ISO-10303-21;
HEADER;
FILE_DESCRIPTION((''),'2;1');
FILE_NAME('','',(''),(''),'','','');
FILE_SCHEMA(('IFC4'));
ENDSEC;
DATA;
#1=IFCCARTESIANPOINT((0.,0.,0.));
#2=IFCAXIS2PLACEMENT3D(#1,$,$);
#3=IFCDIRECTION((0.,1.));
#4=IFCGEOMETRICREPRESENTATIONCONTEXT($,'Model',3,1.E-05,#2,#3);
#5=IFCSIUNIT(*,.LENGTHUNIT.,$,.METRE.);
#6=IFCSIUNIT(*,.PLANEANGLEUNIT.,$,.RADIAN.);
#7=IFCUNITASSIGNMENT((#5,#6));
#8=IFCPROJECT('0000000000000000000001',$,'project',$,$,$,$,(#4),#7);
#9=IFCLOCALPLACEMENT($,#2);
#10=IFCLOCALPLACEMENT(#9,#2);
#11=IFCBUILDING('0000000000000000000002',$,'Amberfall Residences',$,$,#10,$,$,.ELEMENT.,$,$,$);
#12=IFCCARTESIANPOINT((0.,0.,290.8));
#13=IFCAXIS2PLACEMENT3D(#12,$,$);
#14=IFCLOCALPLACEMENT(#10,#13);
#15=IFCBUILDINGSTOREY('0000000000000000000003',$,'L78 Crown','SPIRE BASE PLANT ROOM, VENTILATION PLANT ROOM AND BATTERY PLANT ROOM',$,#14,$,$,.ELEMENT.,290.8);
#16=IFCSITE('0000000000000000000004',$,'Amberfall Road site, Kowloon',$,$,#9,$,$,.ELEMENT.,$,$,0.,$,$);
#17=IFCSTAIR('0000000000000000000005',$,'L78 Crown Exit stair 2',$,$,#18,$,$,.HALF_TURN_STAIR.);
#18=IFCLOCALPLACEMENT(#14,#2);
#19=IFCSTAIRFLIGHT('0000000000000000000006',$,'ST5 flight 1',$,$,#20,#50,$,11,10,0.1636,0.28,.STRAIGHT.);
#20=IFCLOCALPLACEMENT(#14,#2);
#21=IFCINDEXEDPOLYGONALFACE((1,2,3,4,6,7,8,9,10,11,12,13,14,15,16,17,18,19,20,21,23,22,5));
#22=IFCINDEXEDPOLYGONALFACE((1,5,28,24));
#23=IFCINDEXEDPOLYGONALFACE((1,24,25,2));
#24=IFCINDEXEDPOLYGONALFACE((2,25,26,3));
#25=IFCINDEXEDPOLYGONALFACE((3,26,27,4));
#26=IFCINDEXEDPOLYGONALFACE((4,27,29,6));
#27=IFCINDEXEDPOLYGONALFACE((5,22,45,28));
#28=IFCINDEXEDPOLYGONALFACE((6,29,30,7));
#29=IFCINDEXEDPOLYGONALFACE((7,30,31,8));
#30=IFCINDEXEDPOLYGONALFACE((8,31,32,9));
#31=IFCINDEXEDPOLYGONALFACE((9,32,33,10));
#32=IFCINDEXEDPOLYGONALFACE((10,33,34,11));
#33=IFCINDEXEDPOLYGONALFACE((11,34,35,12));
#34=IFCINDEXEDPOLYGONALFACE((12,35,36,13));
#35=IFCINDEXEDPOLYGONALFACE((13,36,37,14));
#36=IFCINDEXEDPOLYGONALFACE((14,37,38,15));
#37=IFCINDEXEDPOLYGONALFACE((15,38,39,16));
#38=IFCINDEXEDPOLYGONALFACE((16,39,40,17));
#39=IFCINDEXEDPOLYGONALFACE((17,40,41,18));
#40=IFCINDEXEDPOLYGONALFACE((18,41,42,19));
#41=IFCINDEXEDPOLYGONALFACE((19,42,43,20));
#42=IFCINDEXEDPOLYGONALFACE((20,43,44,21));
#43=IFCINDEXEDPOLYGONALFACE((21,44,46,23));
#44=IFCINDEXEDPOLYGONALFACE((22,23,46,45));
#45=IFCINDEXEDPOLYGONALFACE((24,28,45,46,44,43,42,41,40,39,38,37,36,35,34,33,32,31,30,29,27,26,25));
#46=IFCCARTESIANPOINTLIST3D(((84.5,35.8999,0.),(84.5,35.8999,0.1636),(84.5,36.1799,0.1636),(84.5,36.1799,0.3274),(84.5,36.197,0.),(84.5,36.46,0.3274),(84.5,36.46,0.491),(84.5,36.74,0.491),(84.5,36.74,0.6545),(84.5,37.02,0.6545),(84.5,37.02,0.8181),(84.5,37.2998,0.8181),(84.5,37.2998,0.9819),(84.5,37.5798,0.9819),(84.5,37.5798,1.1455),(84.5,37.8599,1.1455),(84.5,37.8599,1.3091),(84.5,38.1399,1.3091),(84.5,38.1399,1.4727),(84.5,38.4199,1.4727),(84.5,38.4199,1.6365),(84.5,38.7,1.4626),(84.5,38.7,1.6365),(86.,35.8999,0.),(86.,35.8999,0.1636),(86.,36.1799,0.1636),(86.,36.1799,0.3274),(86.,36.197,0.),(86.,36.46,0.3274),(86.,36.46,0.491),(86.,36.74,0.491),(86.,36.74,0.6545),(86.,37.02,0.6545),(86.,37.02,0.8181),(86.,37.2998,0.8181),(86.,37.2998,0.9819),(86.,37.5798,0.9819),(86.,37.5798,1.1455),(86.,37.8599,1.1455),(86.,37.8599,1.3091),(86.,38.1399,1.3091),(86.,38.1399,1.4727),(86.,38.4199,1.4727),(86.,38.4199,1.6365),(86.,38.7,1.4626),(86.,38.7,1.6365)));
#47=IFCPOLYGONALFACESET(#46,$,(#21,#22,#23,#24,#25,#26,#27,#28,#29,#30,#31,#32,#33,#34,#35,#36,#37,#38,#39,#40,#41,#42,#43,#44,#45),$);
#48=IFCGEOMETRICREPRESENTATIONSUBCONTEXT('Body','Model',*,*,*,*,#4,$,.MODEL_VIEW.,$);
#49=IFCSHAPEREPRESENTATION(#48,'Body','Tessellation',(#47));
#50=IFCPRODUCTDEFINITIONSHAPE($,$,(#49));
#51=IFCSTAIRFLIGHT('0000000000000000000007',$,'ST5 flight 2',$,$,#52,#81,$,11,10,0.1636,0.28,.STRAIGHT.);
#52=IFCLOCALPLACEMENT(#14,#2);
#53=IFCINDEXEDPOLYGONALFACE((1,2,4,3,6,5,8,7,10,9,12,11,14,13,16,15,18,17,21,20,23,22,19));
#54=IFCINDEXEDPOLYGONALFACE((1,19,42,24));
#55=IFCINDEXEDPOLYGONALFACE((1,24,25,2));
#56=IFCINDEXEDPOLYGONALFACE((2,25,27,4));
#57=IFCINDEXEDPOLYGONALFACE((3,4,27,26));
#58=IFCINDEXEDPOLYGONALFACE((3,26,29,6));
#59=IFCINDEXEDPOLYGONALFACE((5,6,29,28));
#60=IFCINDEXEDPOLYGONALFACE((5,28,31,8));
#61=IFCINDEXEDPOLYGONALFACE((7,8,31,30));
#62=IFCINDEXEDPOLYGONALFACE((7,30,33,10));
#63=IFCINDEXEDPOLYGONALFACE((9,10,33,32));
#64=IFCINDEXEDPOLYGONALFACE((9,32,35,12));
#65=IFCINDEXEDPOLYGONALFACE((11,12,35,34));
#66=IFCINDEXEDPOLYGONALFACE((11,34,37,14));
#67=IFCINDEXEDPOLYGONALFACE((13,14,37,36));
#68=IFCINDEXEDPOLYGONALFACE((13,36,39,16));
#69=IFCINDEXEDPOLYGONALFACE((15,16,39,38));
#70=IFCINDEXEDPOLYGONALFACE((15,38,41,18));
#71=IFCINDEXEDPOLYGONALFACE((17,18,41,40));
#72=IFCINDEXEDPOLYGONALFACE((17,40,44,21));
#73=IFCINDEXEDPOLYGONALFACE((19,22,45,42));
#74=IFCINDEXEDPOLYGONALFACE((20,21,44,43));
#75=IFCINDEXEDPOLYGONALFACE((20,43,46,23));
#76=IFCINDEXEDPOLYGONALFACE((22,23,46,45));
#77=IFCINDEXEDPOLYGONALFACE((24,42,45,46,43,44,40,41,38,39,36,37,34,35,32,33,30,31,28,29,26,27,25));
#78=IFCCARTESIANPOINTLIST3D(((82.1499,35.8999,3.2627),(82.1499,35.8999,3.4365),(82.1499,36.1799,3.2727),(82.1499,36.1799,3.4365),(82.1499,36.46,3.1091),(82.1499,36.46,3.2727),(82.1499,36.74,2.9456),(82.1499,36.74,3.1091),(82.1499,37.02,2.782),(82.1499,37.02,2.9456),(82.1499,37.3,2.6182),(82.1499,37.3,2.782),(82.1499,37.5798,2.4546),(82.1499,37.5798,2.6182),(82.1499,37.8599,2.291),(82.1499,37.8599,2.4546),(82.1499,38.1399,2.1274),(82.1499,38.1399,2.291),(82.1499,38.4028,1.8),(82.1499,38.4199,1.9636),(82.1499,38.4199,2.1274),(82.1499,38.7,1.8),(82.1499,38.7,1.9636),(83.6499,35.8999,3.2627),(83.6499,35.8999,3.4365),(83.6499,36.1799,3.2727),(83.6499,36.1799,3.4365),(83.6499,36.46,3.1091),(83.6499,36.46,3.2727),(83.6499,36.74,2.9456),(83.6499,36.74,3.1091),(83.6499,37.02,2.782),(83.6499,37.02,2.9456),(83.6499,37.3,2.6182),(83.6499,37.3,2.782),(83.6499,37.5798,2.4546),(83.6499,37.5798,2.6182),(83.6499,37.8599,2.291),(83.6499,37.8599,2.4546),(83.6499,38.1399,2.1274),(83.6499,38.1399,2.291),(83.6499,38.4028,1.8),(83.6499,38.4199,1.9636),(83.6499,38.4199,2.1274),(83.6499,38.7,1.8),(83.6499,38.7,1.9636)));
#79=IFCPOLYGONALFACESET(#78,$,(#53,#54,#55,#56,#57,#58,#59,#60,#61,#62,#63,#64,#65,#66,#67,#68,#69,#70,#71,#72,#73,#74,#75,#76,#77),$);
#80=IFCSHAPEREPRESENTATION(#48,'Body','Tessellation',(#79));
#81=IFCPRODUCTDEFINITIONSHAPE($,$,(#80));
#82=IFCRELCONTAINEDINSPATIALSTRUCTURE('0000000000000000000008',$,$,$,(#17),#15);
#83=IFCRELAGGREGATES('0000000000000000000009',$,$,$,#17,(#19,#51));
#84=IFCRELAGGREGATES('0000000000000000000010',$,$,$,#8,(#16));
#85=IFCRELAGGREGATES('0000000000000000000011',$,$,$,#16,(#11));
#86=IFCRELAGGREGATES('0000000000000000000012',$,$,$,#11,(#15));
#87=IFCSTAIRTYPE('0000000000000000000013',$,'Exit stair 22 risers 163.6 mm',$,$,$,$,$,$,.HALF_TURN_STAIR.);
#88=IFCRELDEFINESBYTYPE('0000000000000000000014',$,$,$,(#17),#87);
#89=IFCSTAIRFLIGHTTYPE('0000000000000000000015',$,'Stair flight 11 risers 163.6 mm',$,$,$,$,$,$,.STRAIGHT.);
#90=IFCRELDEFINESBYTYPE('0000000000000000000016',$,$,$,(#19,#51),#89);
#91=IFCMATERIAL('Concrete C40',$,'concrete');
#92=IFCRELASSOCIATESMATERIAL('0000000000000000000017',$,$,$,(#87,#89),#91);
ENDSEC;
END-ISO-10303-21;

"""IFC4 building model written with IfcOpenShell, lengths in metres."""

from ifc_helpers import new_model, si_unit, direction, frame, origin, place, context, subcontext, project, spatial, polyline, outline, extrude, material, type_object, element, aggregate, save


model = new_model("IFC4")

# Units and contexts
model_context = context("Model", 3, precision=1e-05, world=origin(), true_north=direction((0.0, 1.0)))
body_context = subcontext(model_context, "Body", "Model", "MODEL_VIEW")
ifc_project = project(units=[si_unit("LENGTHUNIT", "METRE"), si_unit("PLANEANGLEUNIT", "RADIAN")], contexts=[model_context])

# Site, building, storey
site_placement = place(None, origin())
site = spatial("IfcSite", under=ifc_project, at=site_placement, Name="Amberfall Road site, Kowloon", CompositionType="ELEMENT", RefElevation=0.0)
building_placement = place(site_placement, origin())
building = spatial("IfcBuilding", under=site, at=building_placement, Name="Amberfall Residences", CompositionType="ELEMENT")
storey_placement = place(building_placement, frame((0.0, 0.0, 290.8)))
storey = spatial("IfcBuildingStorey", under=building, at=storey_placement, Name="L78 Crown", Description="SPIRE BASE PLANT ROOM, VENTILATION PLANT ROOM AND BATTERY PLANT ROOM", CompositionType="ELEMENT", Elevation=290.8)

# Stair, stair flights
ifc_material_1 = material(Name="Concrete C40", Category="concrete")
stair_type = type_object("IfcStairType", Name="Exit stair 22 risers 163.6 mm", PredefinedType="HALF_TURN_STAIR", material=ifc_material_1)
stair_placement = place(storey_placement, origin())
stair = element("IfcStair", 1, at=stair_placement, inside=storey, type_object=stair_type, Name="L78 Crown Exit stair 2", PredefinedType="HALF_TURN_STAIR")
stair_flight_type = type_object("IfcStairFlightType", Name="Stair flight 11 risers 163.6 mm", PredefinedType="STRAIGHT", material=ifc_material_1)
stair_flight_1_placement = place(storey_placement, frame((85.25, 35.8999, 0.0), z_axis=(0.0, 0.0, 1.0), x_axis=(0.0, 1.0, 0.0)))
stair_flight_1 = element("IfcStairFlight", 2, at=stair_flight_1_placement, type_object=stair_flight_type, Name="ST5 flight 1", NumberOfRisers=11, NumberOfTreads=10, PredefinedType="STRAIGHT", RiserHeight=0.1636, TreadLength=0.28, context=body_context, shape_type="SweptSolid", body=[
    extrude(outline(polyline([(0.0, 0.0), (0.0, 0.1636), (0.28, 0.1636), (0.28, 0.3274), (0.5601, 0.3274), (0.5601, 0.491), (0.8401, 0.491), (0.8401, 0.6545), (1.1201, 0.6545), (1.1201, 0.8181), (1.3999, 0.8181), (1.3999, 0.9819), (1.6799, 0.9819), (1.6799, 1.1455), (1.96, 1.1455), (1.96, 1.3091), (2.24, 1.3091), (2.24, 1.4727), (2.52, 1.4727), (2.52, 1.6365), (2.8, 1.6365), (2.8, 1.8), (2.8, 1.4626), (0.2971, 0.0), (0.0, 0.0)])), frame((0.0, 0.75, 0.0), z_axis=(0.0, -1.0, 0.0), x_axis=(1.0, 0.0, 0.0)), (0.0, 0.0, 1.0), 1.5),
])
stair_flight_2_placement = place(storey_placement, frame((82.8999, 38.7, 1.8), z_axis=(0.0, 0.0, 1.0), x_axis=(0.0, -1.0, 0.0)))
stair_flight_2 = element("IfcStairFlight", 3, at=stair_flight_2_placement, type_object=stair_flight_type, Name="ST5 flight 2", NumberOfRisers=11, NumberOfTreads=10, PredefinedType="STRAIGHT", RiserHeight=0.1636, TreadLength=0.28, context=body_context, shape_type="SweptSolid", body=[
    extrude(outline(polyline([(0.0, 0.0), (0.0, 0.1636), (0.28, 0.1636), (0.28, 0.3274), (0.5601, 0.3274), (0.5601, 0.491), (0.8401, 0.491), (0.8401, 0.6545), (1.1201, 0.6545), (1.1201, 0.8181), (1.3999, 0.8181), (1.3999, 0.9819), (1.6799, 0.9819), (1.6799, 1.1455), (1.96, 1.1455), (1.96, 1.3091), (2.24, 1.3091), (2.24, 1.4727), (2.52, 1.4727), (2.52, 1.6365), (2.8, 1.6365), (2.8, 1.8), (2.8, 1.4626), (0.2971, 0.0), (0.0, 0.0)])), frame((0.0, 0.75, 0.0), z_axis=(0.0, -1.0, 0.0), x_axis=(1.0, 0.0, 0.0)), (0.0, 0.0, 1.0), 1.5),
])
aggregate(stair, [stair_flight_1, stair_flight_2])

save(model, "model.ifc")
